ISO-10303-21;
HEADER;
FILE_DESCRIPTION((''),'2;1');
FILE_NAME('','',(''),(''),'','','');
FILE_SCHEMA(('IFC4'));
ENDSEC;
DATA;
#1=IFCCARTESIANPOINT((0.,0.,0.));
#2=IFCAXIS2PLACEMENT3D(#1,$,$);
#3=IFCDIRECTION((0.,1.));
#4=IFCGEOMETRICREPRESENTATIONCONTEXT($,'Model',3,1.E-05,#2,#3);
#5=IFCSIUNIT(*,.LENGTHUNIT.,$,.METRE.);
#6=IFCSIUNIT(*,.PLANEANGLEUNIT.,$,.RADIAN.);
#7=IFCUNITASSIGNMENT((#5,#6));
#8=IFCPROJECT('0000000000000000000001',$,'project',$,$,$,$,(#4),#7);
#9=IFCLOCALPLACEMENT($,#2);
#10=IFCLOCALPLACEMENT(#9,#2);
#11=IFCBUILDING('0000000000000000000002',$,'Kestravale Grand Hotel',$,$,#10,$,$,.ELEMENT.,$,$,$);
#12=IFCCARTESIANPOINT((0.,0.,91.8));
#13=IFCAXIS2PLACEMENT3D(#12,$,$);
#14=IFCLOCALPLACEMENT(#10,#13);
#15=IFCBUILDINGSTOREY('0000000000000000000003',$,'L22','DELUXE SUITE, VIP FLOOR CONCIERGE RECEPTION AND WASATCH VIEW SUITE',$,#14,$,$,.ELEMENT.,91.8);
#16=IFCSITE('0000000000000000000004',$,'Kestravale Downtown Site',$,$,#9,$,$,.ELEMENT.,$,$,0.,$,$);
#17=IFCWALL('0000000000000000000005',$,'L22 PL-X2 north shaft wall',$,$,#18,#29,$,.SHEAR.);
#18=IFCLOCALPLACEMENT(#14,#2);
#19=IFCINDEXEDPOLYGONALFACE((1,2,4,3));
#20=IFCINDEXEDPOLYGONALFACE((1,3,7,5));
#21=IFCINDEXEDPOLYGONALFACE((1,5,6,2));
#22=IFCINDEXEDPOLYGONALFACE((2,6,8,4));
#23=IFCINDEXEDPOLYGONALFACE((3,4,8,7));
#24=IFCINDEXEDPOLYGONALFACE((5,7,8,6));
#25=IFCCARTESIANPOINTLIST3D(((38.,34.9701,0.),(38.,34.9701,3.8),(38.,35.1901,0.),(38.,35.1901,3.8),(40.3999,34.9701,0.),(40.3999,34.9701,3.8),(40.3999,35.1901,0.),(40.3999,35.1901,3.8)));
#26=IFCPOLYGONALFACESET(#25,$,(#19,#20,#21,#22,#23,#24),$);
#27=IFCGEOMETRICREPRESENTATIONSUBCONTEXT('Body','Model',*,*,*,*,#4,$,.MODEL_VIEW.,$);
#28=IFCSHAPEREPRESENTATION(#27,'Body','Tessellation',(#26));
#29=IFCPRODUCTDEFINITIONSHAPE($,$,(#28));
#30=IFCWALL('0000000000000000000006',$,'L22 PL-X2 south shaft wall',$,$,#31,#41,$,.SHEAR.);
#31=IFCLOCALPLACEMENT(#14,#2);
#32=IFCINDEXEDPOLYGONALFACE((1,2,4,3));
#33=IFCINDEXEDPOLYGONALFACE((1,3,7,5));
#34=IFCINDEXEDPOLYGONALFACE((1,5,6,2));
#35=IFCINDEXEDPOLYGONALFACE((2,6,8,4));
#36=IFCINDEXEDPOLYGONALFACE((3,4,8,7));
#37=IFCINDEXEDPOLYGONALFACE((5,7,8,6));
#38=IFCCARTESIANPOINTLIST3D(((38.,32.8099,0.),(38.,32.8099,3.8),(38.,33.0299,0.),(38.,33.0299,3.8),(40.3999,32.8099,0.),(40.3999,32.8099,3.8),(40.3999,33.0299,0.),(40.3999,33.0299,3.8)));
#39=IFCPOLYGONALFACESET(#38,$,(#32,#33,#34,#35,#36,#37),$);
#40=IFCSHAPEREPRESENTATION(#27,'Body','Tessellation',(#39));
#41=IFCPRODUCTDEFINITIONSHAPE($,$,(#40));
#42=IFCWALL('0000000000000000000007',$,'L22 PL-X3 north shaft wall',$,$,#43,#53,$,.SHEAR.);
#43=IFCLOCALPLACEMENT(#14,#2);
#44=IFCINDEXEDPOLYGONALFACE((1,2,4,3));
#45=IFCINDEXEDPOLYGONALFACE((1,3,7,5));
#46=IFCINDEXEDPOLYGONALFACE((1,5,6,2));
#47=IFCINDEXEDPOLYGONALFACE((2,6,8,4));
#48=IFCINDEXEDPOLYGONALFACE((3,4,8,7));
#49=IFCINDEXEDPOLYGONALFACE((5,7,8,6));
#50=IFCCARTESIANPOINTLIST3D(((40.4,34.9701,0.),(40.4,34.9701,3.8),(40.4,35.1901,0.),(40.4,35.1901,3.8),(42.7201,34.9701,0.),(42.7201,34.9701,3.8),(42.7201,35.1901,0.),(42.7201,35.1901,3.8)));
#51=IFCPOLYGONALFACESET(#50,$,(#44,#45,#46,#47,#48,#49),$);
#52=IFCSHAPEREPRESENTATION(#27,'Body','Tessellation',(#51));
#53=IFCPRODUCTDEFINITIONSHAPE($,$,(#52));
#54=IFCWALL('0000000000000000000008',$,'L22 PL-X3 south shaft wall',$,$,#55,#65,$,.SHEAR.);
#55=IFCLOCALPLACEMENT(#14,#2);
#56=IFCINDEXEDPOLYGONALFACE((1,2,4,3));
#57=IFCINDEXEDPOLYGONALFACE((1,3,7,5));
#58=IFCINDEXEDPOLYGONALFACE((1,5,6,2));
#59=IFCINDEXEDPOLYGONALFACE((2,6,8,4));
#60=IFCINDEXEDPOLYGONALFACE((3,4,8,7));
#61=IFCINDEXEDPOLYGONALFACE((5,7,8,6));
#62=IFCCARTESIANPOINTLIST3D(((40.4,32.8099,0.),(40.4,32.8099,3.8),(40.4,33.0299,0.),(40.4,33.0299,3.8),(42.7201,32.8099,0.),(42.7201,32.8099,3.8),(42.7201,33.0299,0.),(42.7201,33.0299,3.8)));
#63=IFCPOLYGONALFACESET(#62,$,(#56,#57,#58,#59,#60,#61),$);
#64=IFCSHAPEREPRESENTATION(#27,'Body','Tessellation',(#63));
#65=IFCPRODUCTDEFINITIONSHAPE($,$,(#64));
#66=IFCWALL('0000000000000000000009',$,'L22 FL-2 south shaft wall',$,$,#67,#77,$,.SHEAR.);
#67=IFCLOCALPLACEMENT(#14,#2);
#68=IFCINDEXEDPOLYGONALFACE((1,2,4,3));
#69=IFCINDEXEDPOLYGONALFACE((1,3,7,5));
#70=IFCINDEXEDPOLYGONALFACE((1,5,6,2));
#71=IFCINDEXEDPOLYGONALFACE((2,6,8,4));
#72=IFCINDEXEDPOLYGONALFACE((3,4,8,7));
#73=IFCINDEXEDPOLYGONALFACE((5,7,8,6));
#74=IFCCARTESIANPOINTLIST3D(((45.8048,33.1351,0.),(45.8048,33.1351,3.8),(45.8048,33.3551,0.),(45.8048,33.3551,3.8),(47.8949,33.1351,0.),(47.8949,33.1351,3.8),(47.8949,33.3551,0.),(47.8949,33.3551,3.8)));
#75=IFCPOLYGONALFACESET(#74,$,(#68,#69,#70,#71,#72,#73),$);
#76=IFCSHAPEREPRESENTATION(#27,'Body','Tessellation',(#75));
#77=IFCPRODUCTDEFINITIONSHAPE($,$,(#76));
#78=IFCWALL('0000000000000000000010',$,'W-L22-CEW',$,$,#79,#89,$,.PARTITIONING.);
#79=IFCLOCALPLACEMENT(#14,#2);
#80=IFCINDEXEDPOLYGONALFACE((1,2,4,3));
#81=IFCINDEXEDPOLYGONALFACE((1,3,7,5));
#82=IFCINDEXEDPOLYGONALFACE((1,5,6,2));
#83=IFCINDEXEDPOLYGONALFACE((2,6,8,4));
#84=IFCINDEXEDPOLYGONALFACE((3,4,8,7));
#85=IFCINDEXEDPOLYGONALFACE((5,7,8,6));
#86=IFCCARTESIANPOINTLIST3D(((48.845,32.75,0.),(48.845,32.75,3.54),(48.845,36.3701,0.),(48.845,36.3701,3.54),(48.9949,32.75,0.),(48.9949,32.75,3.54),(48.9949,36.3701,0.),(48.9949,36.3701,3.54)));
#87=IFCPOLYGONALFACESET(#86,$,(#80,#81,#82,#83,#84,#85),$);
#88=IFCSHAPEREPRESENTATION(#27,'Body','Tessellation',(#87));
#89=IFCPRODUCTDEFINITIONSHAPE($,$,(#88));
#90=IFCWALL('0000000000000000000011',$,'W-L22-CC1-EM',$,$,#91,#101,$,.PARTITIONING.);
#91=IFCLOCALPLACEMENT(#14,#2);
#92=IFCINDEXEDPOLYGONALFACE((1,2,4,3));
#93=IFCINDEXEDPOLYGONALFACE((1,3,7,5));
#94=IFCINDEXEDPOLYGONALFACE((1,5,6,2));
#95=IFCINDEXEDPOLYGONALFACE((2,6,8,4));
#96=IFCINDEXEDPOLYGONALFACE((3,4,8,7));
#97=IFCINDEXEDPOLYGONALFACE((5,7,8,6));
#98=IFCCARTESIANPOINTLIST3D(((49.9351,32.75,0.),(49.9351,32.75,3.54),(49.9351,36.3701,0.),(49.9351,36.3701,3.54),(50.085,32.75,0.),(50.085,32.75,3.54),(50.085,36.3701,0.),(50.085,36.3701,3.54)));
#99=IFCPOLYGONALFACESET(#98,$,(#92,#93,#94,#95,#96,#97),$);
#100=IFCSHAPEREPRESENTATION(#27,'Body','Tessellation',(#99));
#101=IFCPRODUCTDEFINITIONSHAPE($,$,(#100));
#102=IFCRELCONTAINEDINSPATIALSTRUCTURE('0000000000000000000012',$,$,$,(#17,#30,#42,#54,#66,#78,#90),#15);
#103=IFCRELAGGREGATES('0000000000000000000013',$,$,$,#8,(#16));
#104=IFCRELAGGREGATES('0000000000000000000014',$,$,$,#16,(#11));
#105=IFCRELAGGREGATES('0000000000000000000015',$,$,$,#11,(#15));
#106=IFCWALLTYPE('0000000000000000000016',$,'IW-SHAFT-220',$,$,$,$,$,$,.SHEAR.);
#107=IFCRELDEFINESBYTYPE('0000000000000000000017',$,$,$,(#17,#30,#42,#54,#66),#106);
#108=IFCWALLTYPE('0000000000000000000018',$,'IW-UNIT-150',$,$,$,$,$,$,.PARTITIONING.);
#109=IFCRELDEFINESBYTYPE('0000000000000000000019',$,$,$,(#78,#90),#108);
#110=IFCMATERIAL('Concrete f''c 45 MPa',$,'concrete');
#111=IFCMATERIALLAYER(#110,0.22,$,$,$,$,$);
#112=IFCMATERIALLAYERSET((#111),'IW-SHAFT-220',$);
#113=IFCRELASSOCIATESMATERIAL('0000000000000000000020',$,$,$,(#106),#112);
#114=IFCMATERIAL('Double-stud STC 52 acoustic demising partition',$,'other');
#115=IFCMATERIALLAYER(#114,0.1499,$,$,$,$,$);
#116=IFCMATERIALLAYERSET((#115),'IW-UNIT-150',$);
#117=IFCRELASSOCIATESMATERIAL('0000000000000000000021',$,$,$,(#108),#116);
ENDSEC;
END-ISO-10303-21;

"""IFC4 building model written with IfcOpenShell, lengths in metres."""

from ifc_helpers import new_model, si_unit, direction, frame, frame_2d, origin, place, context, subcontext, project, spatial, rectangle, extrude, material, layer, layer_set, type_object, element, save


model = new_model("IFC4")

# Units and contexts
model_context = context("Model", 3, precision=1e-05, world=origin(), true_north=direction((0.0, 1.0)))
body_context = subcontext(model_context, "Body", "Model", "MODEL_VIEW")
ifc_project = project(units=[si_unit("LENGTHUNIT", "METRE"), si_unit("PLANEANGLEUNIT", "RADIAN")], contexts=[model_context])

# Site, building, storey
site_placement = place(None, origin())
site = spatial("IfcSite", under=ifc_project, at=site_placement, Name="Kestravale Downtown Site", CompositionType="ELEMENT", RefElevation=0.0)
building_placement = place(site_placement, origin())
building = spatial("IfcBuilding", under=site, at=building_placement, Name="Kestravale Grand Hotel", CompositionType="ELEMENT")
storey_placement = place(building_placement, frame((0.0, 0.0, 91.8)))
storey = spatial("IfcBuildingStorey", under=building, at=storey_placement, Name="L22", Description="DELUXE SUITE, VIP FLOOR CONCIERGE RECEPTION AND WASATCH VIEW SUITE", CompositionType="ELEMENT", Elevation=91.8)

# Walls
ifc_material_1 = material(Name="Concrete f'c 45 MPa", Category="concrete")
ifc_layer_1 = layer(ifc_material_1, 0.22)
ifc_layer_set_1 = layer_set([ifc_layer_1], Name="IW-SHAFT-220")
wall_type_1 = type_object("IfcWallType", Name="IW-SHAFT-220", PredefinedType="SHEAR", material=ifc_layer_set_1)
for number, where, z_axis, x_axis, name in (
    (1, (38.0, 35.0801, 0.0), (0.0, 0.0, 1.0), (1.0, 0.0, 0.0), "L22 PL-X2 north shaft wall"),
    (2, (38.0, 32.9199, 0.0), (0.0, 0.0, 1.0), (1.0, 0.0, 0.0), "L22 PL-X2 south shaft wall"),
):
    element("IfcWall", number, at=place(storey_placement, frame(where, z_axis=z_axis, x_axis=x_axis)), inside=storey, type_object=wall_type_1, Name=name, PredefinedType="SHEAR", context=body_context, shape_type="SweptSolid", body=[
        extrude(rectangle(XDim=2.3999, YDim=0.22, at=frame_2d((1.2, 0.0))), origin(), (0.0, 0.0, 1.0), 3.8),
    ])
for number, where, z_axis, x_axis, name in (
    (3, (40.3999, 35.0801, 0.0), (0.0, 0.0, 1.0), (1.0, 0.0, 0.0), "L22 PL-X3 north shaft wall"),
    (4, (40.3999, 32.9199, 0.0), (0.0, 0.0, 1.0), (1.0, 0.0, 0.0), "L22 PL-X3 south shaft wall"),
):
    element("IfcWall", number, at=place(storey_placement, frame(where, z_axis=z_axis, x_axis=x_axis)), inside=storey, type_object=wall_type_1, Name=name, PredefinedType="SHEAR", context=body_context, shape_type="SweptSolid", body=[
        extrude(rectangle(XDim=2.3201, YDim=0.22, at=frame_2d((1.1602, 0.0))), origin(), (0.0, 0.0, 1.0), 3.8),
    ])

# Walls
wall_1_placement = place(storey_placement, frame((45.8049, 33.2451, 0.0), z_axis=(0.0, 0.0, 1.0), x_axis=(1.0, 0.0, 0.0)))
element("IfcWall", 5, at=wall_1_placement, inside=storey, type_object=wall_type_1, Name="L22 FL-2 south shaft wall", PredefinedType="SHEAR", context=body_context, shape_type="SweptSolid", body=[
    extrude(rectangle(XDim=2.0901, YDim=0.22, at=frame_2d((1.0449, 0.0))), origin(), (0.0, 0.0, 1.0), 3.8),
])
ifc_material_2 = material(Name="Double-stud STC 52 acoustic demising partition", Category="other")
ifc_layer_2 = layer(ifc_material_2, 0.1499)
ifc_layer_set_2 = layer_set([ifc_layer_2], Name="IW-UNIT-150")
wall_type_2 = type_object("IfcWallType", Name="IW-UNIT-150", PredefinedType="PARTITIONING", material=ifc_layer_set_2)
for number, where, z_axis, x_axis, name in (
    (6, (48.9199, 32.75, 0.0), (0.0, 0.0, 1.0), (0.0, 1.0, 0.0), "W-L22-CEW"),
    (7, (50.01, 32.75, 0.0), (0.0, 0.0, 1.0), (0.0, 1.0, 0.0), "W-L22-CC1-EM"),
):
    element("IfcWall", number, at=place(storey_placement, frame(where, z_axis=z_axis, x_axis=x_axis)), inside=storey, type_object=wall_type_2, Name=name, PredefinedType="PARTITIONING", context=body_context, shape_type="SweptSolid", body=[
        extrude(rectangle(XDim=3.6201, YDim=0.1499, at=frame_2d((1.8101, 0.0))), origin(), (0.0, 0.0, 1.0), 3.54),
    ])

save(model, "model.ifc")
